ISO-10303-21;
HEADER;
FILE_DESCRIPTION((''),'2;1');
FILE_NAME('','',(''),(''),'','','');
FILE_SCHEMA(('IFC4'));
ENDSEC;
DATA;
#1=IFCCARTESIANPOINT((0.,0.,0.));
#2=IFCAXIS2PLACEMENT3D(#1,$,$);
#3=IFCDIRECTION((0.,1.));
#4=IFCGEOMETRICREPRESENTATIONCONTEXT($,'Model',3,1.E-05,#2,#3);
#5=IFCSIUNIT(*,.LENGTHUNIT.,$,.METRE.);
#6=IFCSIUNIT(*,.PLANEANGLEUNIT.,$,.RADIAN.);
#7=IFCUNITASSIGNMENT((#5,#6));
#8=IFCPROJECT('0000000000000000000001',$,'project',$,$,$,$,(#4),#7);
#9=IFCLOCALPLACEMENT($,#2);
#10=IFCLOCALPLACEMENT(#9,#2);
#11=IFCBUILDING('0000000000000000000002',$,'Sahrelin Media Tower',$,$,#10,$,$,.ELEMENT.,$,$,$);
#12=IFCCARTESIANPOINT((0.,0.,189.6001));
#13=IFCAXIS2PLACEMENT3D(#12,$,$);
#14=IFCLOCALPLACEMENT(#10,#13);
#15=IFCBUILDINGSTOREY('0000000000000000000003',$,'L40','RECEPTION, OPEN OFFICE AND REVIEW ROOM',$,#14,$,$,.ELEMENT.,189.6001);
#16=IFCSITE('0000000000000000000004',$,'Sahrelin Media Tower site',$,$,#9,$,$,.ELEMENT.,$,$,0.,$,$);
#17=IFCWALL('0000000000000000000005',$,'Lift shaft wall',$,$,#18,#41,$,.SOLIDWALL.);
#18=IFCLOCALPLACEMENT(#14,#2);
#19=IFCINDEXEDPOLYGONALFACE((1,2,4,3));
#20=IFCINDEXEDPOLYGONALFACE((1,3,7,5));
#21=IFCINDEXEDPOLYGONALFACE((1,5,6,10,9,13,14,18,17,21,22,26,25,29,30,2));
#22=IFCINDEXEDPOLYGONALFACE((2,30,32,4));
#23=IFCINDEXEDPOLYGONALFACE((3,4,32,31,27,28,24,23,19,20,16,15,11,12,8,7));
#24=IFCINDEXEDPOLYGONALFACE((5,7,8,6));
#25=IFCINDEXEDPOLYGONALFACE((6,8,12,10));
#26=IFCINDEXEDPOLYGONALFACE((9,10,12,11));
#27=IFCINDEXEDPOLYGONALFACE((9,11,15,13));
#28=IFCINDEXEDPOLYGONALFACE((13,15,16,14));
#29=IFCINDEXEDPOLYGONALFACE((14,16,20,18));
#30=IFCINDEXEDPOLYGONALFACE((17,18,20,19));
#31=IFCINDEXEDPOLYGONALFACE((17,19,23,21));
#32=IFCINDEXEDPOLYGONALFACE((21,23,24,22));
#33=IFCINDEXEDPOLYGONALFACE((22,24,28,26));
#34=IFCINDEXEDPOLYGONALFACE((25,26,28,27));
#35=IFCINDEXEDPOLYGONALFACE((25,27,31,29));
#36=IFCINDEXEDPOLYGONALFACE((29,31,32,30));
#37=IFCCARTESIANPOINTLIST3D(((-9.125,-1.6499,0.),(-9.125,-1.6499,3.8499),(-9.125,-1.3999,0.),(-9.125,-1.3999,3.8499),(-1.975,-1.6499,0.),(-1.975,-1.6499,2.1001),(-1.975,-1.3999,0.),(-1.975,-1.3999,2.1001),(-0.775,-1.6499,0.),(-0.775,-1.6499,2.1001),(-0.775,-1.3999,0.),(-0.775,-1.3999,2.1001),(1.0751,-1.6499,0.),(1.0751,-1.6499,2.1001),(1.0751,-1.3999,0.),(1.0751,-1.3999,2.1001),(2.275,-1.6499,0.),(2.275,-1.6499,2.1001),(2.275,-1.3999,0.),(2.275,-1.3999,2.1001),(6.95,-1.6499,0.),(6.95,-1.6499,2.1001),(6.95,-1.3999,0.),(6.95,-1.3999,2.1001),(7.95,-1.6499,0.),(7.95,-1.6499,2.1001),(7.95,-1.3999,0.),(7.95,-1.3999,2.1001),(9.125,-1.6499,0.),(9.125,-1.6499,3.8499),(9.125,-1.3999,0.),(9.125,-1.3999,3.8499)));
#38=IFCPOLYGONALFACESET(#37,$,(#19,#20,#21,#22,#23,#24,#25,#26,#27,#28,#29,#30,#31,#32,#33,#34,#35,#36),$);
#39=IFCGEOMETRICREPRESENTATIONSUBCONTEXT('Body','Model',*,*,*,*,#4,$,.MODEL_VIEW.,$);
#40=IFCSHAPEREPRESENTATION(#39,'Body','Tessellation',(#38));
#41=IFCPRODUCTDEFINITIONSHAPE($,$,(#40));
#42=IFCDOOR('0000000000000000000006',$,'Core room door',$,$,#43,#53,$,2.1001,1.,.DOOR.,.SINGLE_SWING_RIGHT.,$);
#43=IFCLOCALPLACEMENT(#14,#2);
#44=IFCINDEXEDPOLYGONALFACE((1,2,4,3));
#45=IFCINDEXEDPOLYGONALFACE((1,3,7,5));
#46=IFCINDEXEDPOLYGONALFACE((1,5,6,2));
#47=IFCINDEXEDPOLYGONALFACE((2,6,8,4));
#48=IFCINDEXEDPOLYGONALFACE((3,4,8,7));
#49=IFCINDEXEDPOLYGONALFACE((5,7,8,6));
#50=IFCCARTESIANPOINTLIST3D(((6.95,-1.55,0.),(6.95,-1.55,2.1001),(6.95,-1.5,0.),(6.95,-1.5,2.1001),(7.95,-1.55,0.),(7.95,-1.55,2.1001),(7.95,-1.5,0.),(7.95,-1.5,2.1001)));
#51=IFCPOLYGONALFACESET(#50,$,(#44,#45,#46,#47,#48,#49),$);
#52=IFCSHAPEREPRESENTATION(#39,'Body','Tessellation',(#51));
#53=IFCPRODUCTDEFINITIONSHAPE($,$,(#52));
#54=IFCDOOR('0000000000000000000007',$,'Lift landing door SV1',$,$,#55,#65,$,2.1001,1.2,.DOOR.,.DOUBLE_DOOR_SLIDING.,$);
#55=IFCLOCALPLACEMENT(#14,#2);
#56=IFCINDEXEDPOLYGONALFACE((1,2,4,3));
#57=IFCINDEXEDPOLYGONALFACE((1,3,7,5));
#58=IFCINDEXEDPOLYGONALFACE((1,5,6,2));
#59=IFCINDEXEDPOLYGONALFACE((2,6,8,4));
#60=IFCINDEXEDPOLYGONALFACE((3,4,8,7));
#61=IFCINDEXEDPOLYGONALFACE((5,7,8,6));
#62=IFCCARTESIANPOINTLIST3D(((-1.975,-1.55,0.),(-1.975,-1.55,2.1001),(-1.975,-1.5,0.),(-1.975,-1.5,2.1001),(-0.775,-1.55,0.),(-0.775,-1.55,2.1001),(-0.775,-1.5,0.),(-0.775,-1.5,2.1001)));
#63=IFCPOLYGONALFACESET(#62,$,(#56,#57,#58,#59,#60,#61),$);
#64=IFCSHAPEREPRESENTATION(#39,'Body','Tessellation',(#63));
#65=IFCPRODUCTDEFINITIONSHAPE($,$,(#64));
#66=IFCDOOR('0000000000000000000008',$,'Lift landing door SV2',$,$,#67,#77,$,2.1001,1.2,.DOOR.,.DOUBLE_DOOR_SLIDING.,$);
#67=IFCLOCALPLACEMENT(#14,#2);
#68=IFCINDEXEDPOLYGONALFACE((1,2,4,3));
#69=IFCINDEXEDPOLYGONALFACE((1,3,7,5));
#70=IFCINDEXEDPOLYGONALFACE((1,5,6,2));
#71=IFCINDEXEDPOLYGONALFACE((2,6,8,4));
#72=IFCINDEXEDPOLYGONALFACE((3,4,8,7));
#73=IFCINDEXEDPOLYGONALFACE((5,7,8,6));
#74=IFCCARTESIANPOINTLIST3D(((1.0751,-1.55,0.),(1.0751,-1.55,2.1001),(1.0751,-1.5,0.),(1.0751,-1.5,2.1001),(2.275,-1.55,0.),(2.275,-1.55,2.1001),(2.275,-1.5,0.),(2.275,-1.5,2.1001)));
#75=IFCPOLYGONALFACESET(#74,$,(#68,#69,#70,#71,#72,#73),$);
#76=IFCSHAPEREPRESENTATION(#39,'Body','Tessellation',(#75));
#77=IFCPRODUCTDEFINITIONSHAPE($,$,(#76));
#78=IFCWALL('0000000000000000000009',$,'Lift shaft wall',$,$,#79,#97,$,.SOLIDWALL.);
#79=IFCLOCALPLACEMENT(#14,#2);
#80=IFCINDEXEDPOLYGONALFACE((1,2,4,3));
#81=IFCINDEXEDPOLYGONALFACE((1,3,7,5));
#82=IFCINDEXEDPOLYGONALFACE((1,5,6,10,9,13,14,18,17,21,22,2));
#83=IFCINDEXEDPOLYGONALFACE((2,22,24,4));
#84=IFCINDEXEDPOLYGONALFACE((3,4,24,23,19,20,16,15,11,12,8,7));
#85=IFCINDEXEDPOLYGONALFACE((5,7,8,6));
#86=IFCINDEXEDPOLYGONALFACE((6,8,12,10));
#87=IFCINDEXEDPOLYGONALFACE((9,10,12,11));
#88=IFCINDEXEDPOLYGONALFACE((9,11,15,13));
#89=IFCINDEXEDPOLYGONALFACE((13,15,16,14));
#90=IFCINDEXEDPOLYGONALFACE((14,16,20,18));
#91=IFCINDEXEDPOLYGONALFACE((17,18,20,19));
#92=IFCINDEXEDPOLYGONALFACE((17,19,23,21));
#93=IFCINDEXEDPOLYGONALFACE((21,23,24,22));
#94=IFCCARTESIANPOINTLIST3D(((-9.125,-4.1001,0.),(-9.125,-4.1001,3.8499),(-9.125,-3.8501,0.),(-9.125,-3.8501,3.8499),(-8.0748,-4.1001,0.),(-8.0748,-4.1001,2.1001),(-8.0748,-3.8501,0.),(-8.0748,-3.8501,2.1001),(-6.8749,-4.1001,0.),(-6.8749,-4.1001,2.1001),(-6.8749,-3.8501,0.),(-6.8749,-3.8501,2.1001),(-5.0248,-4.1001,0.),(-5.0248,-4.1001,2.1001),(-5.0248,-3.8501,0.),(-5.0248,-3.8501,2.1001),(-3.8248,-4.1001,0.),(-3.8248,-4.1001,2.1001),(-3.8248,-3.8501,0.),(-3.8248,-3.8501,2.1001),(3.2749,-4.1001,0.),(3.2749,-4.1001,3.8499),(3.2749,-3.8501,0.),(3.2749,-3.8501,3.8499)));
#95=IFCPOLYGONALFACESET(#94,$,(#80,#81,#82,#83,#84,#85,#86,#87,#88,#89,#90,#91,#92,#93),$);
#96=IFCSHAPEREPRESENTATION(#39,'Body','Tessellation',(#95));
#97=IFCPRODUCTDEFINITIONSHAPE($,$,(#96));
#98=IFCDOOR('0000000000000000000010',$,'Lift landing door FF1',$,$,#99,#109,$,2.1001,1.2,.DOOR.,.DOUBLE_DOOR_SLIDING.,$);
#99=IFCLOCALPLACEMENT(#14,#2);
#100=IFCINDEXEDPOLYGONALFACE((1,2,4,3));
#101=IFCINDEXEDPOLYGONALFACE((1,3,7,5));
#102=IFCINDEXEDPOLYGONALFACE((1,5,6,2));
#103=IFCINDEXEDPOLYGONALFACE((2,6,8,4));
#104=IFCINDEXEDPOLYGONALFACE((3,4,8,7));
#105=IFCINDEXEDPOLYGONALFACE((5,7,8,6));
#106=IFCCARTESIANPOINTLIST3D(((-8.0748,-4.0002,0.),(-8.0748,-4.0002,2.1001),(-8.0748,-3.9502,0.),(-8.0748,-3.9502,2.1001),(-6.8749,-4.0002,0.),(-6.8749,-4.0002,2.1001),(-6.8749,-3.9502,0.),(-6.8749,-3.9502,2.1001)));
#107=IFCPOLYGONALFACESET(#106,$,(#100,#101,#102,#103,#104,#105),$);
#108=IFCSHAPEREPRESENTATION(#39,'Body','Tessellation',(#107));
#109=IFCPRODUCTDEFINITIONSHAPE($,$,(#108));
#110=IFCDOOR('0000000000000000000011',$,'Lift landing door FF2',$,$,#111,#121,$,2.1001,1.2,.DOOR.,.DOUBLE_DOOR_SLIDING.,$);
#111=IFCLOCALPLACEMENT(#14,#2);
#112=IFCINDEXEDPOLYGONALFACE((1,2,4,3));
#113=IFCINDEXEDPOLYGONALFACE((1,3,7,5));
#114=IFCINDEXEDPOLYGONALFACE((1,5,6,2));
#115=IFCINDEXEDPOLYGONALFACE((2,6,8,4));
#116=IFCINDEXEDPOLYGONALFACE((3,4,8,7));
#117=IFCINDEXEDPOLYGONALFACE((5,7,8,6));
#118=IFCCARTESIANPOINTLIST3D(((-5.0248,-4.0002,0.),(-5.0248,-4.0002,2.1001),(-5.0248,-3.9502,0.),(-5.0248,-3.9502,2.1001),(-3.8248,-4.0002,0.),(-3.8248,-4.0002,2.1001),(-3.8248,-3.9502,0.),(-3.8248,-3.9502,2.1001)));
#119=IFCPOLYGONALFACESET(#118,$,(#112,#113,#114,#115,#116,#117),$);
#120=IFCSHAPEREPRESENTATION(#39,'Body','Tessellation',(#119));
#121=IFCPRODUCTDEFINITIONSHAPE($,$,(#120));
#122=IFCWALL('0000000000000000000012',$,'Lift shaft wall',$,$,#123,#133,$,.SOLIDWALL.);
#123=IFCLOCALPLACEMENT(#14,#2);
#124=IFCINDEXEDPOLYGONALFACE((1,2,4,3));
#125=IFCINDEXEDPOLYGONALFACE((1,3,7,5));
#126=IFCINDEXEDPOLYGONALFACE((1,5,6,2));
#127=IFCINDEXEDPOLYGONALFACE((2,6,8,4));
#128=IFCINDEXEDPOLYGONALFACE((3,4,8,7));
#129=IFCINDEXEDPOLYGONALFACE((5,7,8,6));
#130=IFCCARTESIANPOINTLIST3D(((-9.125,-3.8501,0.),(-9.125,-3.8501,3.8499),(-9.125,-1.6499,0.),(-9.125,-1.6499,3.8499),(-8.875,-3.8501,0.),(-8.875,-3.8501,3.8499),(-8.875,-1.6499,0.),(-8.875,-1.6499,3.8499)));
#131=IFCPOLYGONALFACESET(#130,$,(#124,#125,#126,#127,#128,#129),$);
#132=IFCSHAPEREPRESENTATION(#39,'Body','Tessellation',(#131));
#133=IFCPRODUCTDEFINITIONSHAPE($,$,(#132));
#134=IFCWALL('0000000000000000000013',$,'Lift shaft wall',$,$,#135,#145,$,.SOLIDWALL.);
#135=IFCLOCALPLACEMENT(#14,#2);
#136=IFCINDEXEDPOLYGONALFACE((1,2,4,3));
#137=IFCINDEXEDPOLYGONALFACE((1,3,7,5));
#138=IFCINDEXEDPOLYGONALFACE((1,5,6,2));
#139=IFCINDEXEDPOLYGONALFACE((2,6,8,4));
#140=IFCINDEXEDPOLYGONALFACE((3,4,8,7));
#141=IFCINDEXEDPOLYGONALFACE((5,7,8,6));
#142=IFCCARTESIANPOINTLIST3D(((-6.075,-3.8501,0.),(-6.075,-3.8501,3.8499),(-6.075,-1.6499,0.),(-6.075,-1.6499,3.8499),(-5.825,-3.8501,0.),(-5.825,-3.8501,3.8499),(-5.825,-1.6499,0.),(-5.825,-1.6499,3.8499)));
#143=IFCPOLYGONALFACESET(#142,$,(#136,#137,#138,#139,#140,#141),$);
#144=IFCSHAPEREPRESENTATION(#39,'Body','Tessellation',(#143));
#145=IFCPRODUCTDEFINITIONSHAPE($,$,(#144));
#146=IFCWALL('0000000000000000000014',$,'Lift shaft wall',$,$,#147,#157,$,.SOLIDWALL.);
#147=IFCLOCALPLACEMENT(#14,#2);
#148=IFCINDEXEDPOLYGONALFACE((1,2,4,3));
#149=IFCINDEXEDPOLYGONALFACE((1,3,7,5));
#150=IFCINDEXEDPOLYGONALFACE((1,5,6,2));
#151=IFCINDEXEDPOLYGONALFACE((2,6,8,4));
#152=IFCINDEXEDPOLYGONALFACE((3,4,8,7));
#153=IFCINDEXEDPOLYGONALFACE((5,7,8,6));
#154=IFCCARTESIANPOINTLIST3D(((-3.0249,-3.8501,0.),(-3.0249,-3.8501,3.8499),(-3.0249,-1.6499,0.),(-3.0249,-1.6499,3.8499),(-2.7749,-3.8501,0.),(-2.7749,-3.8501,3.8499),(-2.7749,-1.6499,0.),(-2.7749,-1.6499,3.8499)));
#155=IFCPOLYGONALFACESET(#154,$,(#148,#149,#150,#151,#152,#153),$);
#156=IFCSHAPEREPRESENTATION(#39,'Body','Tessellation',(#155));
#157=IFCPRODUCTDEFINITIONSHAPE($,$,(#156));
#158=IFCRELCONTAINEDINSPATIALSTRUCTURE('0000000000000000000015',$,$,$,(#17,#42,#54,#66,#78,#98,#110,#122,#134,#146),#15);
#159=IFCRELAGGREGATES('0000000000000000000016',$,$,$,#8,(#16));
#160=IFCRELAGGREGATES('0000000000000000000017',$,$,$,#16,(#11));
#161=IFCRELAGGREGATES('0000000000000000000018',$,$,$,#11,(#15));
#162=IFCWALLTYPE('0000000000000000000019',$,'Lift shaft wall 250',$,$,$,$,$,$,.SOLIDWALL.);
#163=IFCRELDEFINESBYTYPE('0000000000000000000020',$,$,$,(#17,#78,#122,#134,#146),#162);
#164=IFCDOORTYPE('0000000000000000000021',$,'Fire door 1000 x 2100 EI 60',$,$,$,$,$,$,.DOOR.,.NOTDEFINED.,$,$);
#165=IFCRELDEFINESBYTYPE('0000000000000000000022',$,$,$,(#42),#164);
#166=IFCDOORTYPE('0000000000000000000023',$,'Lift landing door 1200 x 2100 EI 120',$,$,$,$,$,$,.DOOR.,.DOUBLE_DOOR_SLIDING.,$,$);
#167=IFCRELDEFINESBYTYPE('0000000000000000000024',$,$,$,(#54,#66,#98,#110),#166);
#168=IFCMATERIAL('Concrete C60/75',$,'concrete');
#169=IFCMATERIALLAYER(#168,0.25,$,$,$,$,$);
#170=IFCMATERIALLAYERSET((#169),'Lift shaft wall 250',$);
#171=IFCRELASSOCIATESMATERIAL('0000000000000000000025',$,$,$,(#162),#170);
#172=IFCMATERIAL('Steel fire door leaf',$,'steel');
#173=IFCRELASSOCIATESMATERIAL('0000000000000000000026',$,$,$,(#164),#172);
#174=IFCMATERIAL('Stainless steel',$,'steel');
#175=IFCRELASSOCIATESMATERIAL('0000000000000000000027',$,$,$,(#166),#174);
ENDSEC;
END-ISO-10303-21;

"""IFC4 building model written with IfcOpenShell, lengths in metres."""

from ifc_helpers import new_model, si_unit, direction, frame, frame_2d, origin, place, context, subcontext, project, spatial, rectangle, extrude, material, layer, layer_set, type_object, element, fill, save


model = new_model("IFC4")

# Units and contexts
model_context = context("Model", 3, precision=1e-05, world=origin(), true_north=direction((0.0, 1.0)))
body_context = subcontext(model_context, "Body", "Model", "MODEL_VIEW")
ifc_project = project(units=[si_unit("LENGTHUNIT", "METRE"), si_unit("PLANEANGLEUNIT", "RADIAN")], contexts=[model_context])

# Site, building, storey
site_placement = place(None, origin())
site = spatial("IfcSite", under=ifc_project, at=site_placement, Name="Sahrelin Media Tower site", CompositionType="ELEMENT", RefElevation=0.0)
building_placement = place(site_placement, origin())
building = spatial("IfcBuilding", under=site, at=building_placement, Name="Sahrelin Media Tower", CompositionType="ELEMENT")
storey_placement = place(building_placement, frame((0.0, 0.0, 189.6001)))
storey = spatial("IfcBuildingStorey", under=building, at=storey_placement, Name="L40", Description="RECEPTION, OPEN OFFICE AND REVIEW ROOM", CompositionType="ELEMENT", Elevation=189.6001)

# Shared definitions
ifc_material_1 = material(Name="Steel fire door leaf", Category="steel")

# Walls, openings, doors
ifc_material_2 = material(Name="Concrete C60/75", Category="concrete")
ifc_layer_1 = layer(ifc_material_2, 0.25)
ifc_layer_set_1 = layer_set([ifc_layer_1], Name="Lift shaft wall 250")
wall_type_1 = type_object("IfcWallType", Name="Lift shaft wall 250", PredefinedType="SOLIDWALL", material=ifc_layer_set_1)
wall_1_placement = place(storey_placement, frame((-9.125, -1.5249, 0.0), z_axis=(0.0, 0.0, 1.0), x_axis=(1.0, 0.0, 0.0)))
wall_1 = element("IfcWall", 1, at=wall_1_placement, inside=storey, type_object=wall_type_1, Name="Lift shaft wall", PredefinedType="SOLIDWALL", context=body_context, shape_type="SweptSolid", body=[
    extrude(rectangle(XDim=18.25, YDim=0.25, at=frame_2d((9.125, 0.0))), origin(), (0.0, 0.0, 1.0), 3.8499),
])
opening_1_placement = place(wall_1_placement, frame((7.1499, 0.0, 0.0)))
opening_1 = element("IfcOpeningElement", 2, at=opening_1_placement, cuts=wall_1, PredefinedType="OPENING", context=body_context, shape_type="SweptSolid", body=[
    extrude(rectangle(XDim=1.2, YDim=2.1001, at=frame_2d((0.6001, 1.05))), frame((0.0, 0.125, 0.0), z_axis=(0.0, -1.0, 0.0), x_axis=(1.0, 0.0, 0.0)), (0.0, 0.0, 1.0), 0.25),
])
opening_2_placement = place(wall_1_placement, frame((10.2, 0.0, 0.0)))
opening_2 = element("IfcOpeningElement", 3, at=opening_2_placement, cuts=wall_1, PredefinedType="OPENING", context=body_context, shape_type="SweptSolid", body=[
    extrude(rectangle(XDim=1.2, YDim=2.1001, at=frame_2d((0.6001, 1.05))), frame((0.0, 0.125, 0.0), z_axis=(0.0, -1.0, 0.0), x_axis=(1.0, 0.0, 0.0)), (0.0, 0.0, 1.0), 0.25),
])
opening_3_placement = place(wall_1_placement, frame((16.075, 0.0, 0.0)))
opening_3 = element("IfcOpeningElement", 4, at=opening_3_placement, cuts=wall_1, PredefinedType="OPENING", context=body_context, shape_type="SweptSolid", body=[
    extrude(rectangle(XDim=1.0, YDim=2.1001, at=frame_2d((0.5, 1.05))), frame((0.0, 0.125, 0.0), z_axis=(0.0, -1.0, 0.0), x_axis=(1.0, 0.0, 0.0)), (0.0, 0.0, 1.0), 0.25),
])
door_type_1 = type_object("IfcDoorType", Name="Fire door 1000 x 2100 EI 60", OperationType="NOTDEFINED", PredefinedType="DOOR", material=ifc_material_1)
door_1_placement = place(opening_3_placement, origin())
door_1 = element("IfcDoor", 5, at=door_1_placement, inside=storey, type_object=door_type_1, Name="Core room door", OperationType="SINGLE_SWING_RIGHT", OverallHeight=2.1001, OverallWidth=1.0, PredefinedType="DOOR", context=body_context, shape_type="SweptSolid", body=[
    extrude(rectangle(XDim=1.0, YDim=2.1001, at=frame_2d((0.5, 1.05))), frame((0.0, 0.0249, 0.0), z_axis=(0.0, -1.0, 0.0), x_axis=(1.0, 0.0, 0.0)), (0.0, 0.0, 1.0), 0.05),
])
fill(opening_3, door_1)
ifc_material_3 = material(Name="Stainless steel", Category="steel")
door_type_2 = type_object("IfcDoorType", Name="Lift landing door 1200 x 2100 EI 120", OperationType="DOUBLE_DOOR_SLIDING", PredefinedType="DOOR", material=ifc_material_3)
door_2_placement = place(opening_1_placement, origin())
door_2 = element("IfcDoor", 6, at=door_2_placement, inside=storey, type_object=door_type_2, Name="Lift landing door SV1", OperationType="DOUBLE_DOOR_SLIDING", OverallHeight=2.1001, OverallWidth=1.2, PredefinedType="DOOR", context=body_context, shape_type="SweptSolid", body=[
    extrude(rectangle(XDim=1.2, YDim=2.1001, at=frame_2d((0.6001, 1.05))), frame((0.0, 0.0249, 0.0), z_axis=(0.0, -1.0, 0.0), x_axis=(1.0, 0.0, 0.0)), (0.0, 0.0, 1.0), 0.05),
])
fill(opening_1, door_2)
door_3_placement = place(opening_2_placement, origin())
door_3 = element("IfcDoor", 7, at=door_3_placement, inside=storey, type_object=door_type_2, Name="Lift landing door SV2", OperationType="DOUBLE_DOOR_SLIDING", OverallHeight=2.1001, OverallWidth=1.2, PredefinedType="DOOR", context=body_context, shape_type="SweptSolid", body=[
    extrude(rectangle(XDim=1.2, YDim=2.1001, at=frame_2d((0.6001, 1.05))), frame((0.0, 0.0249, 0.0), z_axis=(0.0, -1.0, 0.0), x_axis=(1.0, 0.0, 0.0)), (0.0, 0.0, 1.0), 0.05),
])
fill(opening_2, door_3)
wall_2_placement = place(storey_placement, frame((-9.125, -3.9751, 0.0), z_axis=(0.0, 0.0, 1.0), x_axis=(1.0, 0.0, 0.0)))
wall_2 = element("IfcWall", 8, at=wall_2_placement, inside=storey, type_object=wall_type_1, Name="Lift shaft wall", PredefinedType="SOLIDWALL", context=body_context, shape_type="SweptSolid", body=[
    extrude(rectangle(XDim=12.3999, YDim=0.25, at=frame_2d((6.2, 0.0))), origin(), (0.0, 0.0, 1.0), 3.8499),
])
opening_4_placement = place(wall_2_placement, frame((1.05, 0.0, 0.0)))
opening_4 = element("IfcOpeningElement", 9, at=opening_4_placement, cuts=wall_2, PredefinedType="OPENING", context=body_context, shape_type="SweptSolid", body=[
    extrude(rectangle(XDim=1.2, YDim=2.1001, at=frame_2d((0.6001, 1.05))), frame((0.0, 0.125, 0.0), z_axis=(0.0, -1.0, 0.0), x_axis=(1.0, 0.0, 0.0)), (0.0, 0.0, 1.0), 0.25),
])
opening_5_placement = place(wall_2_placement, frame((4.1001, 0.0, 0.0)))
opening_5 = element("IfcOpeningElement", 10, at=opening_5_placement, cuts=wall_2, PredefinedType="OPENING", context=body_context, shape_type="SweptSolid", body=[
    extrude(rectangle(XDim=1.2, YDim=2.1001, at=frame_2d((0.6001, 1.05))), frame((0.0, 0.125, 0.0), z_axis=(0.0, -1.0, 0.0), x_axis=(1.0, 0.0, 0.0)), (0.0, 0.0, 1.0), 0.25),
])
door_4_placement = place(opening_4_placement, origin())
door_4 = element("IfcDoor", 11, at=door_4_placement, inside=storey, type_object=door_type_2, Name="Lift landing door FF1", OperationType="DOUBLE_DOOR_SLIDING", OverallHeight=2.1001, OverallWidth=1.2, PredefinedType="DOOR", context=body_context, shape_type="SweptSolid", body=[
    extrude(rectangle(XDim=1.2, YDim=2.1001, at=frame_2d((0.6001, 1.05))), frame((0.0, 0.0249, 0.0), z_axis=(0.0, -1.0, 0.0), x_axis=(1.0, 0.0, 0.0)), (0.0, 0.0, 1.0), 0.05),
])
fill(opening_4, door_4)
door_5_placement = place(opening_5_placement, origin())
door_5 = element("IfcDoor", 12, at=door_5_placement, inside=storey, type_object=door_type_2, Name="Lift landing door FF2", OperationType="DOUBLE_DOOR_SLIDING", OverallHeight=2.1001, OverallWidth=1.2, PredefinedType="DOOR", context=body_context, shape_type="SweptSolid", body=[
    extrude(rectangle(XDim=1.2, YDim=2.1001, at=frame_2d((0.6001, 1.05))), frame((0.0, 0.0249, 0.0), z_axis=(0.0, -1.0, 0.0), x_axis=(1.0, 0.0, 0.0)), (0.0, 0.0, 1.0), 0.05),
])
fill(opening_5, door_5)

# Walls
for number, where, z_axis, x_axis, name in (
    (13, (-9.0, -3.8501, 0.0), (0.0, 0.0, 1.0), (0.0, 1.0, 0.0), "Lift shaft wall"),
    (14, (-5.95, -3.8501, 0.0), (0.0, 0.0, 1.0), (0.0, 1.0, 0.0), "Lift shaft wall"),
    (15, (-2.8999, -3.8501, 0.0), (0.0, 0.0, 1.0), (0.0, 1.0, 0.0), "Lift shaft wall"),
):
    element("IfcWall", number, at=place(storey_placement, frame(where, z_axis=z_axis, x_axis=x_axis)), inside=storey, type_object=wall_type_1, Name=name, PredefinedType="SOLIDWALL", context=body_context, shape_type="SweptSolid", body=[
        extrude(rectangle(XDim=2.2002, YDim=0.25, at=frame_2d((1.1001, 0.0))), origin(), (0.0, 0.0, 1.0), 3.8499),
    ])

save(model, "model.ifc")
